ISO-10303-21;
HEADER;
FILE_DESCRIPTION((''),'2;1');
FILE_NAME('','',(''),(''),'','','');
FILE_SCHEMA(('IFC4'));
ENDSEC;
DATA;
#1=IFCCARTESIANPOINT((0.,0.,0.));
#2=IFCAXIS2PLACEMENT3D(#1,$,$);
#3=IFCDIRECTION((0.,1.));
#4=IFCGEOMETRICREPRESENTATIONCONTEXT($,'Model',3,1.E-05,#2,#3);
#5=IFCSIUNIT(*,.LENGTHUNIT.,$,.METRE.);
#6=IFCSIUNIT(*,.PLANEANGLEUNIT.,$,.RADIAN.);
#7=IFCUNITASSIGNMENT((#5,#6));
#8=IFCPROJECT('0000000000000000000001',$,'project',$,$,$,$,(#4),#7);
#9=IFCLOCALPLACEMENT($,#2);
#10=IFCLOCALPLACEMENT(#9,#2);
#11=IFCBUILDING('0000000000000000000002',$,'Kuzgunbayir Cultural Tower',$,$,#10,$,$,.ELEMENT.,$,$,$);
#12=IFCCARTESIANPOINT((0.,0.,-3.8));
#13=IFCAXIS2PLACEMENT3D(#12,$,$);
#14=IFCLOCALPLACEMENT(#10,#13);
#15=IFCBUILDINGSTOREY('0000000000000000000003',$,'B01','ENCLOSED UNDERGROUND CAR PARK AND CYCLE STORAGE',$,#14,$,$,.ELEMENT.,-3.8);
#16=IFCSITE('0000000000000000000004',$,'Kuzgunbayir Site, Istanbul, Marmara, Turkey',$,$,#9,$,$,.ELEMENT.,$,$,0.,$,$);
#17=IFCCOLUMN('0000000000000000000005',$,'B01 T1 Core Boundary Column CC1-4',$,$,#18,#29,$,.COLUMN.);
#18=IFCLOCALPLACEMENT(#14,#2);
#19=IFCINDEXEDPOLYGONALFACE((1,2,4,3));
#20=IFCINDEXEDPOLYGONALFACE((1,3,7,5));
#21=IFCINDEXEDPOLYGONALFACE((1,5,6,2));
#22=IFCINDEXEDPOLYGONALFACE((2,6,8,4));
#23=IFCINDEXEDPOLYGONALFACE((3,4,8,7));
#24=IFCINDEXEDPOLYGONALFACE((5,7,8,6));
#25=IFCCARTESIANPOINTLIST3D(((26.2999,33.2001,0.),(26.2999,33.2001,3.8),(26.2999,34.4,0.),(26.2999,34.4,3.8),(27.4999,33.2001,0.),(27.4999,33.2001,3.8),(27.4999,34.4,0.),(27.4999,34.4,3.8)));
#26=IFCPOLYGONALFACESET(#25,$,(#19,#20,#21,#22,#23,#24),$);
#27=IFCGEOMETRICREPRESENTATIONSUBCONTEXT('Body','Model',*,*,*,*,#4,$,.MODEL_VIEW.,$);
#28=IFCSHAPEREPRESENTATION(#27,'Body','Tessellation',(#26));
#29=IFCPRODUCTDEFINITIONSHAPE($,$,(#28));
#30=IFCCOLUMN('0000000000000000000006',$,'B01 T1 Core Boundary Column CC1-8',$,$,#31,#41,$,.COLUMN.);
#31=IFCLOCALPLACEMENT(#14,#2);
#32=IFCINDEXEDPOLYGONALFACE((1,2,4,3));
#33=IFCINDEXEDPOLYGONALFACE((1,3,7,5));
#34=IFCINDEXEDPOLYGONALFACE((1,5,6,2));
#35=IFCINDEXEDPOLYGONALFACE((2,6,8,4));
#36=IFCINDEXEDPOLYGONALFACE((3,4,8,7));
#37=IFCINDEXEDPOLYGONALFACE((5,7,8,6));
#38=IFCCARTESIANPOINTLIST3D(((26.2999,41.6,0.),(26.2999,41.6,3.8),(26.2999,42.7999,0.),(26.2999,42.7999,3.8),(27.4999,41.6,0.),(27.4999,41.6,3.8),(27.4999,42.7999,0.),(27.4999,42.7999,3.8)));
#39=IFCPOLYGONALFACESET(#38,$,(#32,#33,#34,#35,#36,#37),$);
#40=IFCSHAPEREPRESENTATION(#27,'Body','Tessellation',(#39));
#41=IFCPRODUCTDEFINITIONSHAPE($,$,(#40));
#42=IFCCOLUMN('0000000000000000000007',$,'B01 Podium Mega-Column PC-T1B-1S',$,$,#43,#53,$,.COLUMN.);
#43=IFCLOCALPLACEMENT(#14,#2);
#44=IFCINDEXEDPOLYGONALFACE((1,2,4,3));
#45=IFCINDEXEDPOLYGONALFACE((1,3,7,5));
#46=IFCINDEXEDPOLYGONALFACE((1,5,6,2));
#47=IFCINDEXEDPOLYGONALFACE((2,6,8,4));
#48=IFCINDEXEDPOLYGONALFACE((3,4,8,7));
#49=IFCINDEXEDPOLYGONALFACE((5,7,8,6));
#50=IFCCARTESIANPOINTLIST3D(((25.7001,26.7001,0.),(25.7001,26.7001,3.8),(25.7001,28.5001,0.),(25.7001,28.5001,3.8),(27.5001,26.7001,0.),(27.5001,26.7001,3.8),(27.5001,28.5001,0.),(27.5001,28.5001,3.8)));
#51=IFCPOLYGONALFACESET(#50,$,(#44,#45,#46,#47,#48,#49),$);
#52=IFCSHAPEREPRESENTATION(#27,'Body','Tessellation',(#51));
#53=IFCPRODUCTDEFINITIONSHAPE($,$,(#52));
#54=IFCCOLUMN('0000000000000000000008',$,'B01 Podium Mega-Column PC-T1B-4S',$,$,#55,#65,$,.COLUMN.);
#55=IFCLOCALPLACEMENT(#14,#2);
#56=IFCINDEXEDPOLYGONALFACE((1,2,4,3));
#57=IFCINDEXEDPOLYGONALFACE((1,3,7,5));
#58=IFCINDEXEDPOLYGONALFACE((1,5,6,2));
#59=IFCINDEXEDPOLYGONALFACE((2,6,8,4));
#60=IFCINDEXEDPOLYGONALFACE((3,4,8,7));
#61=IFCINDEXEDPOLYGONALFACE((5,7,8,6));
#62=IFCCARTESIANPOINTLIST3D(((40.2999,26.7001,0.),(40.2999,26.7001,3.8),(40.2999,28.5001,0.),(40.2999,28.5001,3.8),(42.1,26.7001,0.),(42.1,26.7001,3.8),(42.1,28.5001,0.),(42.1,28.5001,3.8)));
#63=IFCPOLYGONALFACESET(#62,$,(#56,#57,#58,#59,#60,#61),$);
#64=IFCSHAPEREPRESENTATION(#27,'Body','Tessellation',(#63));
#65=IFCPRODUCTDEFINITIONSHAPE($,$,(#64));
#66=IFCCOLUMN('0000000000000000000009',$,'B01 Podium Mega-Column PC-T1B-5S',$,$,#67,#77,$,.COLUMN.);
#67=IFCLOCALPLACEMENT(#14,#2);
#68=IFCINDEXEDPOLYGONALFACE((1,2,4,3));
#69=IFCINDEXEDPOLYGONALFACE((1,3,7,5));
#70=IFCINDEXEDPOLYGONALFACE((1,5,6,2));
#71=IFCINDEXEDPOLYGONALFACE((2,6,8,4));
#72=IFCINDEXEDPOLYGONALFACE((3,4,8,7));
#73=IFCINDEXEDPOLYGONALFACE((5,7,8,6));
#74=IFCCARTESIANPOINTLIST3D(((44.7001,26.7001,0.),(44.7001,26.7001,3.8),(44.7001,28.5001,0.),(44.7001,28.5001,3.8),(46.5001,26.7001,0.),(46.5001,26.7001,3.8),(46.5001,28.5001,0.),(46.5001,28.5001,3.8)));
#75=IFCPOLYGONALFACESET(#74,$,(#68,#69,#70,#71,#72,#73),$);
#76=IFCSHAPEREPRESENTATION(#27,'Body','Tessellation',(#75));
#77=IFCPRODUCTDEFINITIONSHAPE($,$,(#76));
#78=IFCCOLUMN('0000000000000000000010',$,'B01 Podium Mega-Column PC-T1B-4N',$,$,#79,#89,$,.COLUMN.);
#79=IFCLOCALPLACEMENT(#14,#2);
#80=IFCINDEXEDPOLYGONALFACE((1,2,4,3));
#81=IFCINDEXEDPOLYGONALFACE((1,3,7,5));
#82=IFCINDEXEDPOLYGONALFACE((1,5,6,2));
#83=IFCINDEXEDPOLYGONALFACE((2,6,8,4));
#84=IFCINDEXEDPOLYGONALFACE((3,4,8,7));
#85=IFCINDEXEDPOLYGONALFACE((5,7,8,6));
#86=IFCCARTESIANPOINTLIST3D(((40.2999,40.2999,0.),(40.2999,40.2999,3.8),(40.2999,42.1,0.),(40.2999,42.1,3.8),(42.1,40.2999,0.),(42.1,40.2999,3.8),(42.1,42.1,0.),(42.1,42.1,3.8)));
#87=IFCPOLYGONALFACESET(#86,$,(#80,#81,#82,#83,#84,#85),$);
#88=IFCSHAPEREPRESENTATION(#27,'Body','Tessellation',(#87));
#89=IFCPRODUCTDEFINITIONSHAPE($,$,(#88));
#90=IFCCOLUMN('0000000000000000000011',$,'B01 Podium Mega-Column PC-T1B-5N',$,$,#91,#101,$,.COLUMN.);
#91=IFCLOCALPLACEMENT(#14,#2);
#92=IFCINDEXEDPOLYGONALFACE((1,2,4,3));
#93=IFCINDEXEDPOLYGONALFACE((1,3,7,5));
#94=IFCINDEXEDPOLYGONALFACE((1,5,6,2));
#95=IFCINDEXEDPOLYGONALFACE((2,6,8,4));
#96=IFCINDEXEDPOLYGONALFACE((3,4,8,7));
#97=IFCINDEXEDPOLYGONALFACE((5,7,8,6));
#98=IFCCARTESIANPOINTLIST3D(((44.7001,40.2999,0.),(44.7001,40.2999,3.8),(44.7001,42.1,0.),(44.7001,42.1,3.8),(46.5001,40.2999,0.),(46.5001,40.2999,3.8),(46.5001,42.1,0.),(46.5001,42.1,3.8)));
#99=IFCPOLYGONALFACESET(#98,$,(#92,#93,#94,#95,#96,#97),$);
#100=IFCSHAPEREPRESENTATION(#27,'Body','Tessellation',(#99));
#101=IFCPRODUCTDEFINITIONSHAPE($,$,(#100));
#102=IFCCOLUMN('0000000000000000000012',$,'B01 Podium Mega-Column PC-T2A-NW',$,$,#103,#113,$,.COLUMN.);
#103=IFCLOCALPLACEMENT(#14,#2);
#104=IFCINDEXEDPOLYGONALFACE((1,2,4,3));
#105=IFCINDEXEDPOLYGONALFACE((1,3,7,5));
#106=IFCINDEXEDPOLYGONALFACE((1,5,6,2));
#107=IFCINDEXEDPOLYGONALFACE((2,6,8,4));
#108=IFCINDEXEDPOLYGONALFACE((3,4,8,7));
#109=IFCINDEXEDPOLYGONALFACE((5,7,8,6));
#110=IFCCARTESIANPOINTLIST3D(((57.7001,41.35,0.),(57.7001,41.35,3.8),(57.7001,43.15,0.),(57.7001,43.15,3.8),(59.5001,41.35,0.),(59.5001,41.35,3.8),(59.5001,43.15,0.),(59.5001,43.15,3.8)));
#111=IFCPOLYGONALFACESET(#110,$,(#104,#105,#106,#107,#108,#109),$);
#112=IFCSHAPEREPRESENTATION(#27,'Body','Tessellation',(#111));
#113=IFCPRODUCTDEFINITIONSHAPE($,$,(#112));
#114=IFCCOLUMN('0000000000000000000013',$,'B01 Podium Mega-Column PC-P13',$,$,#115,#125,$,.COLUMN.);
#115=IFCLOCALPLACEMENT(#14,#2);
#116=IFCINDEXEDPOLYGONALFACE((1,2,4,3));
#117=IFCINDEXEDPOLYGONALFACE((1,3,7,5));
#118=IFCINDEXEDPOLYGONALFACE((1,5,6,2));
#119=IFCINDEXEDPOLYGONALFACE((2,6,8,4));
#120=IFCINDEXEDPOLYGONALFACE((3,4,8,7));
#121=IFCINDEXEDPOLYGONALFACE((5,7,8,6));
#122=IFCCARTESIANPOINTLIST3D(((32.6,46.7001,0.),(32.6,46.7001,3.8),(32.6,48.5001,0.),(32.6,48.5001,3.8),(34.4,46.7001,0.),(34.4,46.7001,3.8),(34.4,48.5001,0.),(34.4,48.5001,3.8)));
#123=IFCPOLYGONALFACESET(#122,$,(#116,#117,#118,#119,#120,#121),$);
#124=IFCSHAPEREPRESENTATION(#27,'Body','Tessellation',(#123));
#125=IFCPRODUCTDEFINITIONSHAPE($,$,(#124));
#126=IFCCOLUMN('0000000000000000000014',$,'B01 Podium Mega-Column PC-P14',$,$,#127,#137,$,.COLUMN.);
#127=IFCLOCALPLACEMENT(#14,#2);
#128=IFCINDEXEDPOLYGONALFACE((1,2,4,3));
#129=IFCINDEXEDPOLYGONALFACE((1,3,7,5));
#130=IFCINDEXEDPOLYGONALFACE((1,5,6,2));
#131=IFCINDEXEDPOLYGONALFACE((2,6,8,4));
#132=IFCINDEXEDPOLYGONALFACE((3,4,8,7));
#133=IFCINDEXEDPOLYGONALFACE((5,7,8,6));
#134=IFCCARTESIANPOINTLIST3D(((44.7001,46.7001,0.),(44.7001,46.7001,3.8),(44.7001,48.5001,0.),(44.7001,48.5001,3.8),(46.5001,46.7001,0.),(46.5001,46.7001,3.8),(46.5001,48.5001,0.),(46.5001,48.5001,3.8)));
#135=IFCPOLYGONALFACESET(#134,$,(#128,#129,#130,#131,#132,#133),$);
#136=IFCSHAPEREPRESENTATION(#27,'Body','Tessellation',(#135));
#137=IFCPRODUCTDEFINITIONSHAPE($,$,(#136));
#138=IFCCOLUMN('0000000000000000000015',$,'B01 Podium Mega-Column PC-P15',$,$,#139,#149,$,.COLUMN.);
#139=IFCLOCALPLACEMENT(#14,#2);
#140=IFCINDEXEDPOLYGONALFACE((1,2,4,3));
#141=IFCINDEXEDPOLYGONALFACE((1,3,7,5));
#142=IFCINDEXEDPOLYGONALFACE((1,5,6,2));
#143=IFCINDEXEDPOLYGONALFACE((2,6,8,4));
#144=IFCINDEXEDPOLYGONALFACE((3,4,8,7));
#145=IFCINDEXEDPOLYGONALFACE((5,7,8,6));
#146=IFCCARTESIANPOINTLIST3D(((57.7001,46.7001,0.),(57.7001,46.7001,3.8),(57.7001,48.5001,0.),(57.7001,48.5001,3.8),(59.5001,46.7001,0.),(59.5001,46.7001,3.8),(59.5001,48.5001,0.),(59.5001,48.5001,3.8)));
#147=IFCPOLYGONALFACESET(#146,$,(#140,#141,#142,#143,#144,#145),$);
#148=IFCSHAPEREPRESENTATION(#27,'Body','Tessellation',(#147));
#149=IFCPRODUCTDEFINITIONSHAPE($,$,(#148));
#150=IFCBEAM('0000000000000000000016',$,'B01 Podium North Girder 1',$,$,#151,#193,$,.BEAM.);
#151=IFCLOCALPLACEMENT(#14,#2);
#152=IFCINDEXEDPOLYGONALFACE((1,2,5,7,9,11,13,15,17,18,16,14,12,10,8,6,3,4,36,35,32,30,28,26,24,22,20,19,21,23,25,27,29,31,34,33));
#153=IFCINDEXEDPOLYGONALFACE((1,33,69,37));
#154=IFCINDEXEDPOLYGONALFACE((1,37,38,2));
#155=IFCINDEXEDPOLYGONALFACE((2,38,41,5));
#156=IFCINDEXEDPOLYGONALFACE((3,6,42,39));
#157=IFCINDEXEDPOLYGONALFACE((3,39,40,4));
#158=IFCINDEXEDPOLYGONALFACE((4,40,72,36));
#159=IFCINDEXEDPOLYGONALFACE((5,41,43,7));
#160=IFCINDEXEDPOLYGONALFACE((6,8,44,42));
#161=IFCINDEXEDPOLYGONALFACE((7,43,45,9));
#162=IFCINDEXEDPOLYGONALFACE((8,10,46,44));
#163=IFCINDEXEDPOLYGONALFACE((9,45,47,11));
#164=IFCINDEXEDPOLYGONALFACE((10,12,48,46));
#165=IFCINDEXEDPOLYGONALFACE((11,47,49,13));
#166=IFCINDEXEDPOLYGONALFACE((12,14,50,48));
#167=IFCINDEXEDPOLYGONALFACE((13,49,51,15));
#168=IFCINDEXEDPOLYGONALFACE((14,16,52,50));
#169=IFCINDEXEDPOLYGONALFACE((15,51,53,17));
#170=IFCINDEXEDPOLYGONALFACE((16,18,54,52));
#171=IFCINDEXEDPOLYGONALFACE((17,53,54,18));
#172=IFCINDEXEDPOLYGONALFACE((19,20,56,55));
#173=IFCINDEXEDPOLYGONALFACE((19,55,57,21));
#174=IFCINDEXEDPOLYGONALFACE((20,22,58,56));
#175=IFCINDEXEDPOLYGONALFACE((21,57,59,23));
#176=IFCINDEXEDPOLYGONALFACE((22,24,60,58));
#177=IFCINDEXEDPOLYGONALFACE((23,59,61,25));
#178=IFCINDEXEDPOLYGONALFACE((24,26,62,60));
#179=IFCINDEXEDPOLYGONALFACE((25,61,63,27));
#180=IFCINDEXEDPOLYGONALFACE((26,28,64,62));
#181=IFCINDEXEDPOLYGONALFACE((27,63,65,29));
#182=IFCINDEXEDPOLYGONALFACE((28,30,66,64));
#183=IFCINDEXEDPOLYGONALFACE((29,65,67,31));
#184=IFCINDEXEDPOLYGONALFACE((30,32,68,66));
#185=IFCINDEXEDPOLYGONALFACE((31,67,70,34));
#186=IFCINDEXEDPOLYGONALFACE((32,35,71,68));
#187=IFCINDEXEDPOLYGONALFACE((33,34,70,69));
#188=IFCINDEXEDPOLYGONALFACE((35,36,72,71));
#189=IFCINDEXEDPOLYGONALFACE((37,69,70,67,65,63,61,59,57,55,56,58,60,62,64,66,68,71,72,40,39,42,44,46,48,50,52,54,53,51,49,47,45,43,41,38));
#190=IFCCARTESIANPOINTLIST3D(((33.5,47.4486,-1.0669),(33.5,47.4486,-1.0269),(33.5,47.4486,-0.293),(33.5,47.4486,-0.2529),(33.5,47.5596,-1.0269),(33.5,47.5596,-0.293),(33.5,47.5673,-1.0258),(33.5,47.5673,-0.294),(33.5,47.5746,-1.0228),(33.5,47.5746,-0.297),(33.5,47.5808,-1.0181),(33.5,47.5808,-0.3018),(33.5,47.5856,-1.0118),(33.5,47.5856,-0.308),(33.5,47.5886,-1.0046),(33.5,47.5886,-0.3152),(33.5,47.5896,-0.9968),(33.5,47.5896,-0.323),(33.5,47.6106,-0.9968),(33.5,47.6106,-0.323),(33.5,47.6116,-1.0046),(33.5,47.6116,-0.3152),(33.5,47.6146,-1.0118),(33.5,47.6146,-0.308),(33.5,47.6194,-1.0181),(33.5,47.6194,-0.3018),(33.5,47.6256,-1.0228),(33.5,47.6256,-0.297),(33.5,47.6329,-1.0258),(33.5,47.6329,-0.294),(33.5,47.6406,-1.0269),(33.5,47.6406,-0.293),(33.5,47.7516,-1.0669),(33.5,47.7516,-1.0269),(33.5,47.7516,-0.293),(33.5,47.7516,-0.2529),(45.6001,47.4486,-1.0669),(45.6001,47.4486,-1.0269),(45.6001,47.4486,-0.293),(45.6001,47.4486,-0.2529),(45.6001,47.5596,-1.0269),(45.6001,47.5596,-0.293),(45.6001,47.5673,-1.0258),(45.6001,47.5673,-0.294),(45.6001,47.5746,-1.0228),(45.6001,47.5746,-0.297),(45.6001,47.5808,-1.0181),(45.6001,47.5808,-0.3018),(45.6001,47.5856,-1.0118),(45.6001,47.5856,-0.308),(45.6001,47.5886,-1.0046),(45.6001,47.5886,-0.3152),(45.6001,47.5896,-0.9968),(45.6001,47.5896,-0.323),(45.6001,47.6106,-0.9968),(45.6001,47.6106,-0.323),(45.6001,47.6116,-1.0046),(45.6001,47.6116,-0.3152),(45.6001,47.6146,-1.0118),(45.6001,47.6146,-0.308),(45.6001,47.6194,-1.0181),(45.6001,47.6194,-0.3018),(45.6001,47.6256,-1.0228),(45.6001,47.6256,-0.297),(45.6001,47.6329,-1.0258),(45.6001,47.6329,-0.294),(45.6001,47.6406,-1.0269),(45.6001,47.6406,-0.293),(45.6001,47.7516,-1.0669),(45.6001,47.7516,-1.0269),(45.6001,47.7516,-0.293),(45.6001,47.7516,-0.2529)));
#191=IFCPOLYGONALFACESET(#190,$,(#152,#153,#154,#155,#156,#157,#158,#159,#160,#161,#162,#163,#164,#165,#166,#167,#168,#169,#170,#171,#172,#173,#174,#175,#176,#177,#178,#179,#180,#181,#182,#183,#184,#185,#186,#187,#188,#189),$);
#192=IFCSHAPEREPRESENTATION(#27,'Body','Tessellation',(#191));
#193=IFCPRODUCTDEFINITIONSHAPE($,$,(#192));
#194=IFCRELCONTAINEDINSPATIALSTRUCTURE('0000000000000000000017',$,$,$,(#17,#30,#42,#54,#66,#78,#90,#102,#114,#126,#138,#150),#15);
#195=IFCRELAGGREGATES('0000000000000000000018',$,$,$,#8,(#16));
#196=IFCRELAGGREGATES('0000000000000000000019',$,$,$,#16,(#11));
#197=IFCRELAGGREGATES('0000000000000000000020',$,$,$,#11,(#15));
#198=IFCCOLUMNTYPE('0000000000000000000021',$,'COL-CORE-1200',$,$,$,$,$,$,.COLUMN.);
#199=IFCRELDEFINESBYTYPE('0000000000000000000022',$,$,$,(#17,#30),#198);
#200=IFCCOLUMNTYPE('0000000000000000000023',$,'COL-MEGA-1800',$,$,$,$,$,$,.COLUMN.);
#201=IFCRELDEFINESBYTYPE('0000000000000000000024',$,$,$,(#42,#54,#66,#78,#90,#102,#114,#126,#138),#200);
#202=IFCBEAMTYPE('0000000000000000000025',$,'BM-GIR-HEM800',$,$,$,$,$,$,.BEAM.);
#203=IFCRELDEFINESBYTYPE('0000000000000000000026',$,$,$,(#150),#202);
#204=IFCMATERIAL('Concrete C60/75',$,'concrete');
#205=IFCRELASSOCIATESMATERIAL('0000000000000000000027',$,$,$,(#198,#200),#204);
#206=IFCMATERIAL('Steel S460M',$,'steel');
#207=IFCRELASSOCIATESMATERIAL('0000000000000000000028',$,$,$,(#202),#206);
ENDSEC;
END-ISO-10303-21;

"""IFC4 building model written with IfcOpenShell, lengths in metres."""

from ifc_helpers import new_model, si_unit, direction, frame, origin, origin_2d, place, context, subcontext, project, spatial, rectangle, i_section, extrude, material, material_profile, profile_set, type_object, element, save


model = new_model("IFC4")

# Units and contexts
model_context = context("Model", 3, precision=1e-05, world=origin(), true_north=direction((0.0, 1.0)))
body_context = subcontext(model_context, "Body", "Model", "MODEL_VIEW")
ifc_project = project(units=[si_unit("LENGTHUNIT", "METRE"), si_unit("PLANEANGLEUNIT", "RADIAN")], contexts=[model_context])

# Site, building, storey
site_placement = place(None, origin())
site = spatial("IfcSite", under=ifc_project, at=site_placement, Name="Kuzgunbayir Site, Istanbul, Marmara, Turkey", CompositionType="ELEMENT", RefElevation=0.0)
building_placement = place(site_placement, origin())
building = spatial("IfcBuilding", under=site, at=building_placement, Name="Kuzgunbayir Cultural Tower", CompositionType="ELEMENT")
storey_placement = place(building_placement, frame((0.0, 0.0, -3.8)))
storey = spatial("IfcBuildingStorey", under=building, at=storey_placement, Name="B01", Description="ENCLOSED UNDERGROUND CAR PARK AND CYCLE STORAGE", CompositionType="ELEMENT", Elevation=-3.8)

# Columns
ifc_material_1 = material(Name="Concrete C60/75", Category="concrete")
ifc_material_profile_1 = material_profile(ifc_material_1, rectangle(XDim=1.2, YDim=1.2, at=origin_2d()), Name="RC 1200x1200")
ifc_profile_set_1 = profile_set([ifc_material_profile_1], Name="Concrete C60/75")
column_type_1 = type_object("IfcColumnType", Name="COL-CORE-1200", PredefinedType="COLUMN", material=ifc_profile_set_1)
for number, where, z_axis, x_axis, name in (
    (1, (26.8999, 33.8, 0.0), (0.0, 0.0, 1.0), (1.0, 0.0, 0.0), "B01 T1 Core Boundary Column CC1-4"),
    (2, (26.8999, 42.2, 0.0), (0.0, 0.0, 1.0), (1.0, 0.0, 0.0), "B01 T1 Core Boundary Column CC1-8"),
):
    element("IfcColumn", number, at=place(storey_placement, frame(where, z_axis=z_axis, x_axis=x_axis)), inside=storey, type_object=column_type_1, Name=name, PredefinedType="COLUMN", context=body_context, shape_type="SweptSolid", body=[
        extrude(rectangle(XDim=1.2, YDim=1.2, at=origin_2d()), origin(), (0.0, 0.0, 1.0), 3.8),
    ])
ifc_material_profile_2 = material_profile(ifc_material_1, rectangle(XDim=1.8, YDim=1.8, at=origin_2d()), Name="RC 1800x1800")
ifc_profile_set_2 = profile_set([ifc_material_profile_2], Name="Concrete C60/75")
column_type_2 = type_object("IfcColumnType", Name="COL-MEGA-1800", PredefinedType="COLUMN", material=ifc_profile_set_2)
for number, where, z_axis, x_axis, name in (
    (3, (26.6001, 27.6001, 0.0), (0.0, 0.0, 1.0), (1.0, 0.0, 0.0), "B01 Podium Mega-Column PC-T1B-1S"),
    (4, (41.2, 27.6001, 0.0), (0.0, 0.0, 1.0), (1.0, 0.0, 0.0), "B01 Podium Mega-Column PC-T1B-4S"),
    (5, (45.6001, 27.6001, 0.0), (0.0, 0.0, 1.0), (1.0, 0.0, 0.0), "B01 Podium Mega-Column PC-T1B-5S"),
    (6, (41.2, 41.2, 0.0), (0.0, 0.0, 1.0), (1.0, 0.0, 0.0), "B01 Podium Mega-Column PC-T1B-4N"),
    (7, (45.6001, 41.2, 0.0), (0.0, 0.0, 1.0), (1.0, 0.0, 0.0), "B01 Podium Mega-Column PC-T1B-5N"),
    (8, (58.6001, 42.25, 0.0), (0.0, 0.0, 1.0), (1.0, 0.0, 0.0), "B01 Podium Mega-Column PC-T2A-NW"),
    (9, (33.5, 47.6001, 0.0), (0.0, 0.0, 1.0), (1.0, 0.0, 0.0), "B01 Podium Mega-Column PC-P13"),
    (10, (45.6001, 47.6001, 0.0), (0.0, 0.0, 1.0), (1.0, 0.0, 0.0), "B01 Podium Mega-Column PC-P14"),
    (11, (58.6001, 47.6001, 0.0), (0.0, 0.0, 1.0), (1.0, 0.0, 0.0), "B01 Podium Mega-Column PC-P15"),
):
    element("IfcColumn", number, at=place(storey_placement, frame(where, z_axis=z_axis, x_axis=x_axis)), inside=storey, type_object=column_type_2, Name=name, PredefinedType="COLUMN", context=body_context, shape_type="SweptSolid", body=[
        extrude(rectangle(XDim=1.8, YDim=1.8, at=origin_2d()), origin(), (0.0, 0.0, 1.0), 3.8),
    ])

# Beam
ifc_material_2 = material(Name="Steel S460M", Category="steel")
ifc_material_profile_3 = material_profile(ifc_material_2, i_section(OverallWidth=0.303, OverallDepth=0.814, WebThickness=0.021, FlangeThickness=0.04, FilletRadius=0.03, at=origin_2d()), Name="HEM 800")
ifc_profile_set_3 = profile_set([ifc_material_profile_3], Name="Steel S460M")
beam_type = type_object("IfcBeamType", Name="BM-GIR-HEM800", PredefinedType="BEAM", material=ifc_profile_set_3)
beam_1_placement = place(storey_placement, frame((33.5, 47.6001, -0.6599), z_axis=(1.0, 0.0, 0.0), x_axis=(0.0, 1.0, 0.0)))
element("IfcBeam", 12, at=beam_1_placement, inside=storey, type_object=beam_type, Name="B01 Podium North Girder 1", PredefinedType="BEAM", context=body_context, shape_type="SweptSolid", body=[
    extrude(i_section(OverallWidth=0.303, OverallDepth=0.814, WebThickness=0.021, FlangeThickness=0.04, FilletRadius=0.03, at=origin_2d()), origin(), (0.0, 0.0, 1.0), 12.1001),
])

save(model, "model.ifc")
